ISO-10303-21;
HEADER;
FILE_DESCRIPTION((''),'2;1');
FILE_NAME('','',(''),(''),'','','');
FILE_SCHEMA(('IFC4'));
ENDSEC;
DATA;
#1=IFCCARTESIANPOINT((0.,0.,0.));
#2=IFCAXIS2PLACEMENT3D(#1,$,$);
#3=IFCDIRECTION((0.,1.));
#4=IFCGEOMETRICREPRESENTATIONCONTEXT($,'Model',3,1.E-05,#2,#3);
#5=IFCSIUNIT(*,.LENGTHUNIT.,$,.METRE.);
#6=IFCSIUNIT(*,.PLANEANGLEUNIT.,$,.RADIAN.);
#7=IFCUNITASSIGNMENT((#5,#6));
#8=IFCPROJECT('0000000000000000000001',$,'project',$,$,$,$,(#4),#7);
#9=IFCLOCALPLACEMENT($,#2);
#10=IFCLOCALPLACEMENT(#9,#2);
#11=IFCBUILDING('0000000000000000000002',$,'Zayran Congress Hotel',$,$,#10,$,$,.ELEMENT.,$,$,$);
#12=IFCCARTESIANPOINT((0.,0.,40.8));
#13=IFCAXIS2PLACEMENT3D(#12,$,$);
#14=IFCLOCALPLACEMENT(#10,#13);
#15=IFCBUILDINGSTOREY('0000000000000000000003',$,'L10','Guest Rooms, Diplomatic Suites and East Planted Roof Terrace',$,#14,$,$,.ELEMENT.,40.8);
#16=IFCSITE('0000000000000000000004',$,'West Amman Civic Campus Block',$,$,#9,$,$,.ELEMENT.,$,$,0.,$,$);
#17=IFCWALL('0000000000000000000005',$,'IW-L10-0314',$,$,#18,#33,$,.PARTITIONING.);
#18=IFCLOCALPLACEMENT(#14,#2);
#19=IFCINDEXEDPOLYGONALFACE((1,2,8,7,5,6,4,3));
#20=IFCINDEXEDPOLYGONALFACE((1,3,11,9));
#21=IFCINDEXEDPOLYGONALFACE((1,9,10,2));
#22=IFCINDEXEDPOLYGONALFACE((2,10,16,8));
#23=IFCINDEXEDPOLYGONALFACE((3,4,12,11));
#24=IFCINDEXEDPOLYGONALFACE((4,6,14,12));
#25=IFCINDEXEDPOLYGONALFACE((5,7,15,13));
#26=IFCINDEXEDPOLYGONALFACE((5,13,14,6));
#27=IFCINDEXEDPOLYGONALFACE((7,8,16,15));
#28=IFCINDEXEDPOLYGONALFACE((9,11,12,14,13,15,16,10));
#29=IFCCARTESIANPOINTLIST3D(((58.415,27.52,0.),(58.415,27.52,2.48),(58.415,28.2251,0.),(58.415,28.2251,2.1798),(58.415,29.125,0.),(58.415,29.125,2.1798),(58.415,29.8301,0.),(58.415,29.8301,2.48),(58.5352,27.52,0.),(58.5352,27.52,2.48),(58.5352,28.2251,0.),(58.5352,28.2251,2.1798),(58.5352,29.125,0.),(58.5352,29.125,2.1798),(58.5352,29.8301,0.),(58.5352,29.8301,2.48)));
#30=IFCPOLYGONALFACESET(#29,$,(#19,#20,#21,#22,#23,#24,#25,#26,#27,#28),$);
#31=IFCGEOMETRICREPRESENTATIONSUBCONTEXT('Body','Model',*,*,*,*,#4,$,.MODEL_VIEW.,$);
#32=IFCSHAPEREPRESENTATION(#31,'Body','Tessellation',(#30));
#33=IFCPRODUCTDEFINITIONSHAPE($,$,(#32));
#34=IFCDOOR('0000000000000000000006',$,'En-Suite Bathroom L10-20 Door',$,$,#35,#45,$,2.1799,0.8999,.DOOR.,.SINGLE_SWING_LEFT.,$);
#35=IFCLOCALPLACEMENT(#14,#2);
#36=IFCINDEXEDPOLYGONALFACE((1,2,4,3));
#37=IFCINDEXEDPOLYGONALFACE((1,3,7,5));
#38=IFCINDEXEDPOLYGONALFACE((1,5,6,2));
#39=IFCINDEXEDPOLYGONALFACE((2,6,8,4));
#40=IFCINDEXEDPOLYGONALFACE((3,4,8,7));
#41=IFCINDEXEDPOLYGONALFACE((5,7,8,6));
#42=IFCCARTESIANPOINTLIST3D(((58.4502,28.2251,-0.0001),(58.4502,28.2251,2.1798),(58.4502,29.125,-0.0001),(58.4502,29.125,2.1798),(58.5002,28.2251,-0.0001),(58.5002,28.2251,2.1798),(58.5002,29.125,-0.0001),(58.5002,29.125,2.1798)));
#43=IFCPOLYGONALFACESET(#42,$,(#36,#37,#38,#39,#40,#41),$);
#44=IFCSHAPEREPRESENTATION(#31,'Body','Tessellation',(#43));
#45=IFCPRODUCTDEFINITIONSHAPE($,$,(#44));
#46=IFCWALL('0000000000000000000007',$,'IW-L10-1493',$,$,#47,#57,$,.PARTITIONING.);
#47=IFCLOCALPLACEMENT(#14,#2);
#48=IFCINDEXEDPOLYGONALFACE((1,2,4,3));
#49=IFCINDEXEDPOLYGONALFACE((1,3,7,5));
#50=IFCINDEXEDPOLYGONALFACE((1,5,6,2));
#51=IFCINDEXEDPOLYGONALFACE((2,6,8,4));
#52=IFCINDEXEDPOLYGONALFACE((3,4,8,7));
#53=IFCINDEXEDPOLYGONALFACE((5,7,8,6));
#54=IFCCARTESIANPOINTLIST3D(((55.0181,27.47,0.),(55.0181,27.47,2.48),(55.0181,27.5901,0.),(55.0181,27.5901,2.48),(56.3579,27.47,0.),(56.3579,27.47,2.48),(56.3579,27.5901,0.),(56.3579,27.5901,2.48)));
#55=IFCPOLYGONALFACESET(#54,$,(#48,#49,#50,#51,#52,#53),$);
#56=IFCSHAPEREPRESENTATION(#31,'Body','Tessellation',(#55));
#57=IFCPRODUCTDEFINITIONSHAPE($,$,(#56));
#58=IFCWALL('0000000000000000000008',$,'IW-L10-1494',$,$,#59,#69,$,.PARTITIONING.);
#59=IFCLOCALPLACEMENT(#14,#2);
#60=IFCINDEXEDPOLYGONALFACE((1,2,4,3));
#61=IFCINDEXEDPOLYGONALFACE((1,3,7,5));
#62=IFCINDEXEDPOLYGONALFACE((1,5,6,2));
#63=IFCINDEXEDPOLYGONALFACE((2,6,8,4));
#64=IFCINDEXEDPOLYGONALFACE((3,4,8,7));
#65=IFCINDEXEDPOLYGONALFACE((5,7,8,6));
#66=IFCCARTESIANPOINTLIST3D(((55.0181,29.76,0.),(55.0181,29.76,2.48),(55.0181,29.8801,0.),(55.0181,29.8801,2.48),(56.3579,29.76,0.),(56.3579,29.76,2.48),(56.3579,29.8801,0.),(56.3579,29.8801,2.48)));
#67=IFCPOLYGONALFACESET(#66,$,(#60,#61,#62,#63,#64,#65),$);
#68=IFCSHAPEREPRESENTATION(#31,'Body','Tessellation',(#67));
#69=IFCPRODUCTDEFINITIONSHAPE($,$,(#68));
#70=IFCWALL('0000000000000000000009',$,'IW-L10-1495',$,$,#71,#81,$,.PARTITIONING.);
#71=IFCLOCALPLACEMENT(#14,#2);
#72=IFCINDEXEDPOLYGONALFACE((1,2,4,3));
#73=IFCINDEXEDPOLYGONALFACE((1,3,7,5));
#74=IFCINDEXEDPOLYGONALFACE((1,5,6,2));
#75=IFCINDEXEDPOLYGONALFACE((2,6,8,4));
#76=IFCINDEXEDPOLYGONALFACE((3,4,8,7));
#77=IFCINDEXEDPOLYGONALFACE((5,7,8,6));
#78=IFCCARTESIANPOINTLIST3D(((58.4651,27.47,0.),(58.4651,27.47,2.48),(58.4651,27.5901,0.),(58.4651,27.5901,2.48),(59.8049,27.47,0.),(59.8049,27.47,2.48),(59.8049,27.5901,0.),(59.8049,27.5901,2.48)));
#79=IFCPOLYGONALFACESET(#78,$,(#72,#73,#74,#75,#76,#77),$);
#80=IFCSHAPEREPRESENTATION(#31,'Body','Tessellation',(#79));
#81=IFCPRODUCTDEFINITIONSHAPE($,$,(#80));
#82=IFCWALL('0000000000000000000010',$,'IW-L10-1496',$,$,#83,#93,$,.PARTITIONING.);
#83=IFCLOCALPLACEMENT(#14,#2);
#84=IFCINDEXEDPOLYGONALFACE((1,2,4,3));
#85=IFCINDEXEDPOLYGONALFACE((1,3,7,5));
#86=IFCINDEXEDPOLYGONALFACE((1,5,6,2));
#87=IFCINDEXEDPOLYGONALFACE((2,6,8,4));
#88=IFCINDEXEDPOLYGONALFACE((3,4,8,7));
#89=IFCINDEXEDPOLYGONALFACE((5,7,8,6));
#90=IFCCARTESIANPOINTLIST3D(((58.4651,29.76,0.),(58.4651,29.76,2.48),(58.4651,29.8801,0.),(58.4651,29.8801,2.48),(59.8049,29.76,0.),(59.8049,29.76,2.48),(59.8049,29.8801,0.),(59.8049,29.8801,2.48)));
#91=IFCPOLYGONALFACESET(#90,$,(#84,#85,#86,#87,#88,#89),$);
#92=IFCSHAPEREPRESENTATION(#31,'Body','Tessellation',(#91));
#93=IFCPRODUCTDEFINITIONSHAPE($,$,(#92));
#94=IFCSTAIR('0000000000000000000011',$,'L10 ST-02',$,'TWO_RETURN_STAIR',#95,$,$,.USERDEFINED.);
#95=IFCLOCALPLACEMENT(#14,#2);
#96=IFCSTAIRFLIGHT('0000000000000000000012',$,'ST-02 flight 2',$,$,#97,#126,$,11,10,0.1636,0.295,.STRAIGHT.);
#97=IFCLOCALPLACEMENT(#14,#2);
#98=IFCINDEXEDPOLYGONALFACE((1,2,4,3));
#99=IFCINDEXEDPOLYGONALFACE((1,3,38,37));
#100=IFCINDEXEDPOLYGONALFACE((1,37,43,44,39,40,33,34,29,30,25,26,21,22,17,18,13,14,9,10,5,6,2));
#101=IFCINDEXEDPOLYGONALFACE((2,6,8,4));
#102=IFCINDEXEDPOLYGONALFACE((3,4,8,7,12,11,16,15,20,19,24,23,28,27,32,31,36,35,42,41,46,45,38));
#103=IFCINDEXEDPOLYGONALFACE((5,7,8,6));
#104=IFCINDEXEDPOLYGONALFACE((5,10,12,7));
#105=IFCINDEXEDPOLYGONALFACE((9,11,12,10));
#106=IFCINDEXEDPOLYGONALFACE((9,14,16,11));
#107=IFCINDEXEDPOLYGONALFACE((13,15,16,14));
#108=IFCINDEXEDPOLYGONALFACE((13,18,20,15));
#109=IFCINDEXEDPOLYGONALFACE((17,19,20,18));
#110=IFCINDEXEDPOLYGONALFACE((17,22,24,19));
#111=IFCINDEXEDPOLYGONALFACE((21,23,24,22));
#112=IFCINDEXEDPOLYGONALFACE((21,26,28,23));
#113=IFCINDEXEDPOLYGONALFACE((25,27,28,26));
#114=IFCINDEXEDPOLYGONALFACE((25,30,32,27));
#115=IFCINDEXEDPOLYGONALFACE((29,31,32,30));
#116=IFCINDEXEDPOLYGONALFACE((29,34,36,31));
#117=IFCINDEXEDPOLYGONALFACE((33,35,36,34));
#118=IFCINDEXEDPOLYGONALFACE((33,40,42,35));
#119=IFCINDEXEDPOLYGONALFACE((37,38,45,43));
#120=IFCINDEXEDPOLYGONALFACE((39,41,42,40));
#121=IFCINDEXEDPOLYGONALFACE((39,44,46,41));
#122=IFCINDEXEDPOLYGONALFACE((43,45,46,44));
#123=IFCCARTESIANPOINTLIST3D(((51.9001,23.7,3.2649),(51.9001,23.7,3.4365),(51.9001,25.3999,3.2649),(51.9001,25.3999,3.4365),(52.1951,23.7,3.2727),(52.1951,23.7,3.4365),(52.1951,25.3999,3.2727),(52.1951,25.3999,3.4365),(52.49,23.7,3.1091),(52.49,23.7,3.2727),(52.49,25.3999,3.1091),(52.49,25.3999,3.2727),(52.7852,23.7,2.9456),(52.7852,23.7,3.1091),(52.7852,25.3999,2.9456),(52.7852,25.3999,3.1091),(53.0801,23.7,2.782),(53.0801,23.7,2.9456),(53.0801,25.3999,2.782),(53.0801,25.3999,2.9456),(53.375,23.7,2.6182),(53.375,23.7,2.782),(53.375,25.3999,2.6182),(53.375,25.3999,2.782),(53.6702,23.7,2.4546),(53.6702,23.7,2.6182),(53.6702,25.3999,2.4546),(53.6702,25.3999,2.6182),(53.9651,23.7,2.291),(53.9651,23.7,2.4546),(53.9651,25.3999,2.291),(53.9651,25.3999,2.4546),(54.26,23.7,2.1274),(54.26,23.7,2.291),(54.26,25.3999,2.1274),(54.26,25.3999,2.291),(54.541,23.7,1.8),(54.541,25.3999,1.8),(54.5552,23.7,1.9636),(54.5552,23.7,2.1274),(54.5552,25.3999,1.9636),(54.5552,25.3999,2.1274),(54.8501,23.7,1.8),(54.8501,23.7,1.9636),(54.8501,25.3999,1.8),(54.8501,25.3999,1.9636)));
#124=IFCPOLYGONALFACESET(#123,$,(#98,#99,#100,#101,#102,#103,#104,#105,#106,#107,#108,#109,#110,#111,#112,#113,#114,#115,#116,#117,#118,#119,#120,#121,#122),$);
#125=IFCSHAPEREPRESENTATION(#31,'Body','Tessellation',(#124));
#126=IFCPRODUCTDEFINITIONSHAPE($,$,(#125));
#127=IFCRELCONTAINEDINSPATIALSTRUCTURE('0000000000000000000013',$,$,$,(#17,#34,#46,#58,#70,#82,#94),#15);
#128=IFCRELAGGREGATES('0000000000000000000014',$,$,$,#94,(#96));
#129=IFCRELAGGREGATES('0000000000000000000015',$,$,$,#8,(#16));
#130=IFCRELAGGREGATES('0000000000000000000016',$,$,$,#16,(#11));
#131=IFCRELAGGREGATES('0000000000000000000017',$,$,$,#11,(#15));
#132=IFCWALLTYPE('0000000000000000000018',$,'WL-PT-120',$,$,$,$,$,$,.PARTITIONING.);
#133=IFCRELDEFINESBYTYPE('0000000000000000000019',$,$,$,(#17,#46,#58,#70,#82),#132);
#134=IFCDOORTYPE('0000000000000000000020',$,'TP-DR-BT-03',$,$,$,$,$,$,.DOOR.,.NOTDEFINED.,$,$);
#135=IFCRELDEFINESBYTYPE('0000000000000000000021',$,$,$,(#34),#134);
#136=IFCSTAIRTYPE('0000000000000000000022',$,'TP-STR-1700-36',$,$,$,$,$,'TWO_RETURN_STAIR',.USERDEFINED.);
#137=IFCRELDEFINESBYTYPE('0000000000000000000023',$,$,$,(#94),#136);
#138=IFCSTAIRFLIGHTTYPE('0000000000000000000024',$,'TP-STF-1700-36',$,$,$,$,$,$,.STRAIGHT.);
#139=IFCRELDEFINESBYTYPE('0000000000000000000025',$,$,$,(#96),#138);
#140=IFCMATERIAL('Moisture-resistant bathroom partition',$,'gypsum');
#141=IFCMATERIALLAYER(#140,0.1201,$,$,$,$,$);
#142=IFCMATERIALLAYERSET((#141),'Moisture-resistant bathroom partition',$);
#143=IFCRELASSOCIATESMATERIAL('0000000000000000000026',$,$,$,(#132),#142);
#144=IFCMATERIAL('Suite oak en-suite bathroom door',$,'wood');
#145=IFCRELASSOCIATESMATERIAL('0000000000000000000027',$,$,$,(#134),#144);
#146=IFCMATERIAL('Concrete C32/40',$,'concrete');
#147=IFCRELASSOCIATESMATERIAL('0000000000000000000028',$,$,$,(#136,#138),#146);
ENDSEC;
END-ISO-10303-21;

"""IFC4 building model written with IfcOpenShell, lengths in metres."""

from ifc_helpers import new_model, si_unit, direction, frame, frame_2d, origin, place, context, subcontext, project, spatial, polyline, rectangle, outline, extrude, material, layer, layer_set, type_object, element, fill, aggregate, save


model = new_model("IFC4")

# Units and contexts
model_context = context("Model", 3, precision=1e-05, world=origin(), true_north=direction((0.0, 1.0)))
body_context = subcontext(model_context, "Body", "Model", "MODEL_VIEW")
ifc_project = project(units=[si_unit("LENGTHUNIT", "METRE"), si_unit("PLANEANGLEUNIT", "RADIAN")], contexts=[model_context])

# Site, building, storey
site_placement = place(None, origin())
site = spatial("IfcSite", under=ifc_project, at=site_placement, Name="West Amman Civic Campus Block", CompositionType="ELEMENT", RefElevation=0.0)
building_placement = place(site_placement, origin())
building = spatial("IfcBuilding", under=site, at=building_placement, Name="Zayran Congress Hotel", CompositionType="ELEMENT")
storey_placement = place(building_placement, frame((0.0, 0.0, 40.8)))
storey = spatial("IfcBuildingStorey", under=building, at=storey_placement, Name="L10", Description="Guest Rooms, Diplomatic Suites and East Planted Roof Terrace", CompositionType="ELEMENT", Elevation=40.8)

# Wall, opening, door
ifc_material_1 = material(Name="Moisture-resistant bathroom partition", Category="gypsum")
ifc_layer_1 = layer(ifc_material_1, 0.1201)
ifc_layer_set_1 = layer_set([ifc_layer_1], Name="Moisture-resistant bathroom partition")
wall_type_1 = type_object("IfcWallType", Name="WL-PT-120", PredefinedType="PARTITIONING", material=ifc_layer_set_1)
ifc_material_2 = material(Name="Suite oak en-suite bathroom door", Category="wood")
door_type_1 = type_object("IfcDoorType", Name="TP-DR-BT-03", OperationType="NOTDEFINED", PredefinedType="DOOR", material=ifc_material_2)
wall_1_placement = place(storey_placement, frame((58.4751, 27.52, 0.0), z_axis=(0.0, 0.0, 1.0), x_axis=(0.0, 1.0, 0.0)))
wall_1 = element("IfcWall", 1, at=wall_1_placement, inside=storey, type_object=wall_type_1, Name="IW-L10-0314", PredefinedType="PARTITIONING", context=body_context, shape_type="SweptSolid", body=[
    extrude(rectangle(XDim=2.3101, YDim=0.1201, at=frame_2d((1.155, 0.0))), origin(), (0.0, 0.0, 1.0), 2.48),
])
opening_1_placement = place(wall_1_placement, frame((0.7051, 0.0, 0.0)))
opening_1 = element("IfcOpeningElement", 2, at=opening_1_placement, cuts=wall_1, PredefinedType="OPENING", context=body_context, shape_type="SweptSolid", body=[
    extrude(rectangle(XDim=0.8999, YDim=2.1799, at=frame_2d((0.45, 1.0898))), frame((0.0, 0.0701, 0.0), z_axis=(0.0, -1.0, 0.0), x_axis=(1.0, 0.0, 0.0)), (0.0, 0.0, 1.0), 0.1401),
])
door_1_placement = place(opening_1_placement, origin())
door_1 = element("IfcDoor", 3, at=door_1_placement, inside=storey, type_object=door_type_1, Name="En-Suite Bathroom L10-20 Door", OperationType="SINGLE_SWING_LEFT", OverallHeight=2.1799, OverallWidth=0.8999, PredefinedType="DOOR", context=body_context, shape_type="SweptSolid", body=[
    extrude(rectangle(XDim=0.8999, YDim=2.1799, at=frame_2d((0.45, 1.0898))), frame((0.0, 0.0249, 0.0), z_axis=(0.0, -1.0, 0.0), x_axis=(1.0, 0.0, 0.0)), (0.0, 0.0, 1.0), 0.05),
])
fill(opening_1, door_1)

# Walls
for number, where, z_axis, x_axis, name in (
    (4, (55.0181, 27.53, 0.0), (0.0, 0.0, 1.0), (1.0, 0.0, 0.0), "IW-L10-1493"),
    (5, (55.0181, 29.8201, 0.0), (0.0, 0.0, 1.0), (1.0, 0.0, 0.0), "IW-L10-1494"),
    (6, (58.4651, 27.53, 0.0), (0.0, 0.0, 1.0), (1.0, 0.0, 0.0), "IW-L10-1495"),
    (7, (58.4651, 29.8201, 0.0), (0.0, 0.0, 1.0), (1.0, 0.0, 0.0), "IW-L10-1496"),
):
    element("IfcWall", number, at=place(storey_placement, frame(where, z_axis=z_axis, x_axis=x_axis)), inside=storey, type_object=wall_type_1, Name=name, PredefinedType="PARTITIONING", context=body_context, shape_type="SweptSolid", body=[
        extrude(rectangle(XDim=1.3398, YDim=0.1201, at=frame_2d((0.6699, 0.0))), origin(), (0.0, 0.0, 1.0), 2.48),
    ])

# Stair, stair flight
ifc_material_3 = material(Name="Concrete C32/40", Category="concrete")
stair_type = type_object("IfcStairType", Name="TP-STR-1700-36", ElementType="TWO_RETURN_STAIR", PredefinedType="USERDEFINED", material=ifc_material_3)
stair_placement = place(storey_placement, origin())
stair = element("IfcStair", 8, at=stair_placement, inside=storey, type_object=stair_type, Name="L10 ST-02", ObjectType="TWO_RETURN_STAIR", PredefinedType="USERDEFINED")
stair_flight_type = type_object("IfcStairFlightType", Name="TP-STF-1700-36", PredefinedType="STRAIGHT", material=ifc_material_3)
stair_flight_placement = place(storey_placement, frame((54.8501, 24.55, 1.8), z_axis=(0.0, 0.0, 1.0), x_axis=(-1.0, 0.0, 0.0)))
stair_flight = element("IfcStairFlight", 9, at=stair_flight_placement, type_object=stair_flight_type, Name="ST-02 flight 2", NumberOfRisers=11, NumberOfTreads=10, PredefinedType="STRAIGHT", RiserHeight=0.1636, TreadLength=0.295, context=body_context, shape_type="SweptSolid", body=[
    extrude(outline(polyline([(0.0, 0.0), (0.0, 0.1636), (0.2949, 0.1636), (0.2949, 0.3274), (0.5901, 0.3274), (0.5901, 0.491), (0.885, 0.491), (0.885, 0.6545), (1.1799, 0.6545), (1.1799, 0.8181), (1.4751, 0.8181), (1.4751, 0.9819), (1.77, 0.9819), (1.77, 1.1455), (2.0649, 1.1455), (2.0649, 1.3091), (2.3601, 1.3091), (2.3601, 1.4727), (2.655, 1.4727), (2.655, 1.6365), (2.95, 1.6365), (2.95, 1.8), (2.95, 1.4648), (0.3091, 0.0), (0.0, 0.0)])), frame((0.0, 0.8501, 0.0), z_axis=(0.0, -1.0, 0.0), x_axis=(1.0, 0.0, 0.0)), (0.0, 0.0, 1.0), 1.7),
])
aggregate(stair, [stair_flight])

save(model, "model.ifc")
